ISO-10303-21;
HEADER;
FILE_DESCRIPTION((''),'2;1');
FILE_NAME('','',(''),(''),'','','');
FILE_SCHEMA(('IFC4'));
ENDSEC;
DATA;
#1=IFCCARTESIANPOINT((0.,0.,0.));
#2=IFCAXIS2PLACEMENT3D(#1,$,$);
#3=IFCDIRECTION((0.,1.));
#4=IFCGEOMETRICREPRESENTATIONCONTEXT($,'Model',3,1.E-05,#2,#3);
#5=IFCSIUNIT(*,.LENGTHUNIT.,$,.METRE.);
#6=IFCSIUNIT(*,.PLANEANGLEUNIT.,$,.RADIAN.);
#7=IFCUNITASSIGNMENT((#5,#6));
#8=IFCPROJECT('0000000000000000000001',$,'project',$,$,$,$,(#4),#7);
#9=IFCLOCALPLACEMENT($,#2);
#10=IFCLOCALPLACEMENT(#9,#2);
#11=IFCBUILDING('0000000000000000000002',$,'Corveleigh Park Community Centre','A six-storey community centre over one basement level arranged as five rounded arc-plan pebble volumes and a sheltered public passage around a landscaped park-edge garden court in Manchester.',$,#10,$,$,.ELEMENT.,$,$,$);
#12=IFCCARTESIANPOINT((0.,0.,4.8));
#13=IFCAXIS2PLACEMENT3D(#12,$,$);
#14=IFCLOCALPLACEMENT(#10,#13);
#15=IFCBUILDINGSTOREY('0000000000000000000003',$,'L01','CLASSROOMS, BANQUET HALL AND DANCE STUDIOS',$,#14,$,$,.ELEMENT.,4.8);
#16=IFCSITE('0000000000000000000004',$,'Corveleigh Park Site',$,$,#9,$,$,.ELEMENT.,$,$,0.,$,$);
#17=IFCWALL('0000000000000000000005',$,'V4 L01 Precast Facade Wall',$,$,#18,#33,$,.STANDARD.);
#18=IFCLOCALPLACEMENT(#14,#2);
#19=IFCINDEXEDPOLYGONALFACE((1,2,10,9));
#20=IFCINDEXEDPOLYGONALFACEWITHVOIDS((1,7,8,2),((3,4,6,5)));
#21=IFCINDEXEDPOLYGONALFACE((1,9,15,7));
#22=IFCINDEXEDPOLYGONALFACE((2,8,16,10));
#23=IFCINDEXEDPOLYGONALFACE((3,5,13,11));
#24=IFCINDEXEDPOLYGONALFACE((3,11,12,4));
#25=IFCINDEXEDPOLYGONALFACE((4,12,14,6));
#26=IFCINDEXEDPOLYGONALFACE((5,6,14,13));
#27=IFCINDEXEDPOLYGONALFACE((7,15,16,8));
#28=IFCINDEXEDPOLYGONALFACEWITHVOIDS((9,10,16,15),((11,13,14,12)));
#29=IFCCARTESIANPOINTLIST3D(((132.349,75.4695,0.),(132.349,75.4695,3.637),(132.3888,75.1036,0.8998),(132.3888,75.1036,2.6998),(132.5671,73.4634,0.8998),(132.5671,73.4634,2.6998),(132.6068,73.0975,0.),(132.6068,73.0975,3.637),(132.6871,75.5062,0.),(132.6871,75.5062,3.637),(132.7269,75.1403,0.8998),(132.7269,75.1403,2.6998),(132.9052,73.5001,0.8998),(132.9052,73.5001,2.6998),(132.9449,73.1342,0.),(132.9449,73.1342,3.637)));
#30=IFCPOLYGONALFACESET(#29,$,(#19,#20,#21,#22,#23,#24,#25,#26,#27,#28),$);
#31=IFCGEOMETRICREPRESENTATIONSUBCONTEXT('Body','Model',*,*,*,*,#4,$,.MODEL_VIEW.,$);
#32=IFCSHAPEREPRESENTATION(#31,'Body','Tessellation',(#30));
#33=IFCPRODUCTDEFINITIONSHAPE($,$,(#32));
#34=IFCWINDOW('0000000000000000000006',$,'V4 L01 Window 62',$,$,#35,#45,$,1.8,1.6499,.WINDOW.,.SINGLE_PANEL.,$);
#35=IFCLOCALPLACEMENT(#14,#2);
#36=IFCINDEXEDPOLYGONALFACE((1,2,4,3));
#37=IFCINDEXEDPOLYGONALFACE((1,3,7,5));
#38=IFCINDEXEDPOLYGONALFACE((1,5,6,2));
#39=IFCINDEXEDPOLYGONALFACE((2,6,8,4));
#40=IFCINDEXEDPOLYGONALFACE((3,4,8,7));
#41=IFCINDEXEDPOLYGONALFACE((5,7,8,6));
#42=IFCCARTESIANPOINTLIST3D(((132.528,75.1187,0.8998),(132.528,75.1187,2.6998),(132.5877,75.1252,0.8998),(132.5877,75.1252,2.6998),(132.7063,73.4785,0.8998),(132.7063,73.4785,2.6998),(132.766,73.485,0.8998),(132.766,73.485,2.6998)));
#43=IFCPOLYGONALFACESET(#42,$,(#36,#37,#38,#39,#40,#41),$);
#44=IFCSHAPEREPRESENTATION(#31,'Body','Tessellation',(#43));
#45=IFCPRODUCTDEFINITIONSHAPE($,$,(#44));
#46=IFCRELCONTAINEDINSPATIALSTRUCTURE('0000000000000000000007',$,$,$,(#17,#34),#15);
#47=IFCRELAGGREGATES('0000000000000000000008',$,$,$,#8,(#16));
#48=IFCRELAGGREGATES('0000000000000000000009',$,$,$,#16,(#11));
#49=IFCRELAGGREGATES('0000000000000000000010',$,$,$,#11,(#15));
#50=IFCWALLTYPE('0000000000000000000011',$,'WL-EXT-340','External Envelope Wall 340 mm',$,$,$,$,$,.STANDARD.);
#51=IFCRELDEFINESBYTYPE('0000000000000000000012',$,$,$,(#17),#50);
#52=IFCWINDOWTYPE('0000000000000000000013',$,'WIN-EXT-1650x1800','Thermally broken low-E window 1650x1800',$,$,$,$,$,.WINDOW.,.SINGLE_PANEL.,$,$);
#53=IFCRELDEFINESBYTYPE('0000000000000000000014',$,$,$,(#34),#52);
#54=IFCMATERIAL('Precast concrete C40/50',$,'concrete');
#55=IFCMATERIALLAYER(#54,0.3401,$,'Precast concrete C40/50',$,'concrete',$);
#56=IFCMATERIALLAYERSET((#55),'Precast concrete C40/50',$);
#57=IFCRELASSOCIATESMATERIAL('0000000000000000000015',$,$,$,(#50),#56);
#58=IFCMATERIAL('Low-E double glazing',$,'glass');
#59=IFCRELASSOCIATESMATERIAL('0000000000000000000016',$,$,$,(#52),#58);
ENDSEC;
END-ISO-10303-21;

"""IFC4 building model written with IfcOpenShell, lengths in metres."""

from ifc_helpers import new_model, si_unit, direction, frame, frame_2d, origin, place, context, subcontext, project, spatial, rectangle, extrude, material, layer, layer_set, type_object, element, fill, save


model = new_model("IFC4")

# Units and contexts
model_context = context("Model", 3, precision=1e-05, world=origin(), true_north=direction((0.0, 1.0)))
body_context = subcontext(model_context, "Body", "Model", "MODEL_VIEW")
ifc_project = project(units=[si_unit("LENGTHUNIT", "METRE"), si_unit("PLANEANGLEUNIT", "RADIAN")], contexts=[model_context])

# Site, building, storey
site_placement = place(None, origin())
site = spatial("IfcSite", under=ifc_project, at=site_placement, Name="Corveleigh Park Site", CompositionType="ELEMENT", RefElevation=0.0)
building_placement = place(site_placement, origin())
building = spatial("IfcBuilding", under=site, at=building_placement, Name="Corveleigh Park Community Centre", Description="A six-storey community centre over one basement level arranged as five rounded arc-plan pebble volumes and a sheltered public passage around a landscaped park-edge garden court in Manchester.", CompositionType="ELEMENT")
storey_placement = place(building_placement, frame((0.0, 0.0, 4.8)))
storey = spatial("IfcBuildingStorey", under=building, at=storey_placement, Name="L01", Description="CLASSROOMS, BANQUET HALL AND DANCE STUDIOS", CompositionType="ELEMENT", Elevation=4.8)

# Shared definitions
ifc_material_1 = material(Name="Low-E double glazing", Category="glass")

# Wall, opening, window
ifc_material_2 = material(Name="Precast concrete C40/50", Category="concrete")
ifc_layer_1 = layer(ifc_material_2, 0.3401, Name="Precast concrete C40/50", Category="concrete")
ifc_layer_set_1 = layer_set([ifc_layer_1], Name="Precast concrete C40/50")
wall_type = type_object("IfcWallType", Name="WL-EXT-340", Description="External Envelope Wall 340 mm", PredefinedType="STANDARD", material=ifc_layer_set_1)
wall_placement = place(storey_placement, frame((132.7759, 73.116, 0.0), z_axis=(0.0, 0.0, 1.0), x_axis=(-0.10805, 0.994145, 0.0)))
wall = element("IfcWall", 1, at=wall_placement, inside=storey, type_object=wall_type, Name="V4 L01 Precast Facade Wall", PredefinedType="STANDARD", context=body_context, shape_type="SweptSolid", body=[
    extrude(rectangle(XDim=2.386, YDim=0.3401, at=frame_2d((1.1929, 0.0))), origin(), (0.0, 0.0, 1.0), 3.637),
])
opening_placement = place(wall_placement, frame((0.3679, 0.0, 0.8999)))
opening = element("IfcOpeningElement", 2, at=opening_placement, cuts=wall, PredefinedType="OPENING", context=body_context, shape_type="SweptSolid", body=[
    extrude(rectangle(XDim=1.6499, YDim=1.8, at=frame_2d((0.825, 0.8999))), frame((0.0, 0.1799, 0.0), z_axis=(0.0, -1.0, 0.0), x_axis=(1.0, 0.0, 0.0)), (0.0, 0.0, 1.0), 0.3601),
])
window_type = type_object("IfcWindowType", Name="WIN-EXT-1650x1800", Description="Thermally broken low-E window 1650x1800", PartitioningType="SINGLE_PANEL", PredefinedType="WINDOW", material=ifc_material_1)
window_placement = place(opening_placement, origin())
window = element("IfcWindow", 3, at=window_placement, inside=storey, type_object=window_type, Name="V4 L01 Window 62", OverallHeight=1.8, OverallWidth=1.6499, PartitioningType="SINGLE_PANEL", PredefinedType="WINDOW", context=body_context, shape_type="SweptSolid", body=[
    extrude(rectangle(XDim=1.6499, YDim=1.8, at=frame_2d((0.825, 0.8999))), frame((0.0, 0.03, 0.0), z_axis=(0.0, -1.0, 0.0), x_axis=(1.0, 0.0, 0.0)), (0.0, 0.0, 1.0), 0.0601),
])
fill(opening, window)

save(model, "model.ifc")
